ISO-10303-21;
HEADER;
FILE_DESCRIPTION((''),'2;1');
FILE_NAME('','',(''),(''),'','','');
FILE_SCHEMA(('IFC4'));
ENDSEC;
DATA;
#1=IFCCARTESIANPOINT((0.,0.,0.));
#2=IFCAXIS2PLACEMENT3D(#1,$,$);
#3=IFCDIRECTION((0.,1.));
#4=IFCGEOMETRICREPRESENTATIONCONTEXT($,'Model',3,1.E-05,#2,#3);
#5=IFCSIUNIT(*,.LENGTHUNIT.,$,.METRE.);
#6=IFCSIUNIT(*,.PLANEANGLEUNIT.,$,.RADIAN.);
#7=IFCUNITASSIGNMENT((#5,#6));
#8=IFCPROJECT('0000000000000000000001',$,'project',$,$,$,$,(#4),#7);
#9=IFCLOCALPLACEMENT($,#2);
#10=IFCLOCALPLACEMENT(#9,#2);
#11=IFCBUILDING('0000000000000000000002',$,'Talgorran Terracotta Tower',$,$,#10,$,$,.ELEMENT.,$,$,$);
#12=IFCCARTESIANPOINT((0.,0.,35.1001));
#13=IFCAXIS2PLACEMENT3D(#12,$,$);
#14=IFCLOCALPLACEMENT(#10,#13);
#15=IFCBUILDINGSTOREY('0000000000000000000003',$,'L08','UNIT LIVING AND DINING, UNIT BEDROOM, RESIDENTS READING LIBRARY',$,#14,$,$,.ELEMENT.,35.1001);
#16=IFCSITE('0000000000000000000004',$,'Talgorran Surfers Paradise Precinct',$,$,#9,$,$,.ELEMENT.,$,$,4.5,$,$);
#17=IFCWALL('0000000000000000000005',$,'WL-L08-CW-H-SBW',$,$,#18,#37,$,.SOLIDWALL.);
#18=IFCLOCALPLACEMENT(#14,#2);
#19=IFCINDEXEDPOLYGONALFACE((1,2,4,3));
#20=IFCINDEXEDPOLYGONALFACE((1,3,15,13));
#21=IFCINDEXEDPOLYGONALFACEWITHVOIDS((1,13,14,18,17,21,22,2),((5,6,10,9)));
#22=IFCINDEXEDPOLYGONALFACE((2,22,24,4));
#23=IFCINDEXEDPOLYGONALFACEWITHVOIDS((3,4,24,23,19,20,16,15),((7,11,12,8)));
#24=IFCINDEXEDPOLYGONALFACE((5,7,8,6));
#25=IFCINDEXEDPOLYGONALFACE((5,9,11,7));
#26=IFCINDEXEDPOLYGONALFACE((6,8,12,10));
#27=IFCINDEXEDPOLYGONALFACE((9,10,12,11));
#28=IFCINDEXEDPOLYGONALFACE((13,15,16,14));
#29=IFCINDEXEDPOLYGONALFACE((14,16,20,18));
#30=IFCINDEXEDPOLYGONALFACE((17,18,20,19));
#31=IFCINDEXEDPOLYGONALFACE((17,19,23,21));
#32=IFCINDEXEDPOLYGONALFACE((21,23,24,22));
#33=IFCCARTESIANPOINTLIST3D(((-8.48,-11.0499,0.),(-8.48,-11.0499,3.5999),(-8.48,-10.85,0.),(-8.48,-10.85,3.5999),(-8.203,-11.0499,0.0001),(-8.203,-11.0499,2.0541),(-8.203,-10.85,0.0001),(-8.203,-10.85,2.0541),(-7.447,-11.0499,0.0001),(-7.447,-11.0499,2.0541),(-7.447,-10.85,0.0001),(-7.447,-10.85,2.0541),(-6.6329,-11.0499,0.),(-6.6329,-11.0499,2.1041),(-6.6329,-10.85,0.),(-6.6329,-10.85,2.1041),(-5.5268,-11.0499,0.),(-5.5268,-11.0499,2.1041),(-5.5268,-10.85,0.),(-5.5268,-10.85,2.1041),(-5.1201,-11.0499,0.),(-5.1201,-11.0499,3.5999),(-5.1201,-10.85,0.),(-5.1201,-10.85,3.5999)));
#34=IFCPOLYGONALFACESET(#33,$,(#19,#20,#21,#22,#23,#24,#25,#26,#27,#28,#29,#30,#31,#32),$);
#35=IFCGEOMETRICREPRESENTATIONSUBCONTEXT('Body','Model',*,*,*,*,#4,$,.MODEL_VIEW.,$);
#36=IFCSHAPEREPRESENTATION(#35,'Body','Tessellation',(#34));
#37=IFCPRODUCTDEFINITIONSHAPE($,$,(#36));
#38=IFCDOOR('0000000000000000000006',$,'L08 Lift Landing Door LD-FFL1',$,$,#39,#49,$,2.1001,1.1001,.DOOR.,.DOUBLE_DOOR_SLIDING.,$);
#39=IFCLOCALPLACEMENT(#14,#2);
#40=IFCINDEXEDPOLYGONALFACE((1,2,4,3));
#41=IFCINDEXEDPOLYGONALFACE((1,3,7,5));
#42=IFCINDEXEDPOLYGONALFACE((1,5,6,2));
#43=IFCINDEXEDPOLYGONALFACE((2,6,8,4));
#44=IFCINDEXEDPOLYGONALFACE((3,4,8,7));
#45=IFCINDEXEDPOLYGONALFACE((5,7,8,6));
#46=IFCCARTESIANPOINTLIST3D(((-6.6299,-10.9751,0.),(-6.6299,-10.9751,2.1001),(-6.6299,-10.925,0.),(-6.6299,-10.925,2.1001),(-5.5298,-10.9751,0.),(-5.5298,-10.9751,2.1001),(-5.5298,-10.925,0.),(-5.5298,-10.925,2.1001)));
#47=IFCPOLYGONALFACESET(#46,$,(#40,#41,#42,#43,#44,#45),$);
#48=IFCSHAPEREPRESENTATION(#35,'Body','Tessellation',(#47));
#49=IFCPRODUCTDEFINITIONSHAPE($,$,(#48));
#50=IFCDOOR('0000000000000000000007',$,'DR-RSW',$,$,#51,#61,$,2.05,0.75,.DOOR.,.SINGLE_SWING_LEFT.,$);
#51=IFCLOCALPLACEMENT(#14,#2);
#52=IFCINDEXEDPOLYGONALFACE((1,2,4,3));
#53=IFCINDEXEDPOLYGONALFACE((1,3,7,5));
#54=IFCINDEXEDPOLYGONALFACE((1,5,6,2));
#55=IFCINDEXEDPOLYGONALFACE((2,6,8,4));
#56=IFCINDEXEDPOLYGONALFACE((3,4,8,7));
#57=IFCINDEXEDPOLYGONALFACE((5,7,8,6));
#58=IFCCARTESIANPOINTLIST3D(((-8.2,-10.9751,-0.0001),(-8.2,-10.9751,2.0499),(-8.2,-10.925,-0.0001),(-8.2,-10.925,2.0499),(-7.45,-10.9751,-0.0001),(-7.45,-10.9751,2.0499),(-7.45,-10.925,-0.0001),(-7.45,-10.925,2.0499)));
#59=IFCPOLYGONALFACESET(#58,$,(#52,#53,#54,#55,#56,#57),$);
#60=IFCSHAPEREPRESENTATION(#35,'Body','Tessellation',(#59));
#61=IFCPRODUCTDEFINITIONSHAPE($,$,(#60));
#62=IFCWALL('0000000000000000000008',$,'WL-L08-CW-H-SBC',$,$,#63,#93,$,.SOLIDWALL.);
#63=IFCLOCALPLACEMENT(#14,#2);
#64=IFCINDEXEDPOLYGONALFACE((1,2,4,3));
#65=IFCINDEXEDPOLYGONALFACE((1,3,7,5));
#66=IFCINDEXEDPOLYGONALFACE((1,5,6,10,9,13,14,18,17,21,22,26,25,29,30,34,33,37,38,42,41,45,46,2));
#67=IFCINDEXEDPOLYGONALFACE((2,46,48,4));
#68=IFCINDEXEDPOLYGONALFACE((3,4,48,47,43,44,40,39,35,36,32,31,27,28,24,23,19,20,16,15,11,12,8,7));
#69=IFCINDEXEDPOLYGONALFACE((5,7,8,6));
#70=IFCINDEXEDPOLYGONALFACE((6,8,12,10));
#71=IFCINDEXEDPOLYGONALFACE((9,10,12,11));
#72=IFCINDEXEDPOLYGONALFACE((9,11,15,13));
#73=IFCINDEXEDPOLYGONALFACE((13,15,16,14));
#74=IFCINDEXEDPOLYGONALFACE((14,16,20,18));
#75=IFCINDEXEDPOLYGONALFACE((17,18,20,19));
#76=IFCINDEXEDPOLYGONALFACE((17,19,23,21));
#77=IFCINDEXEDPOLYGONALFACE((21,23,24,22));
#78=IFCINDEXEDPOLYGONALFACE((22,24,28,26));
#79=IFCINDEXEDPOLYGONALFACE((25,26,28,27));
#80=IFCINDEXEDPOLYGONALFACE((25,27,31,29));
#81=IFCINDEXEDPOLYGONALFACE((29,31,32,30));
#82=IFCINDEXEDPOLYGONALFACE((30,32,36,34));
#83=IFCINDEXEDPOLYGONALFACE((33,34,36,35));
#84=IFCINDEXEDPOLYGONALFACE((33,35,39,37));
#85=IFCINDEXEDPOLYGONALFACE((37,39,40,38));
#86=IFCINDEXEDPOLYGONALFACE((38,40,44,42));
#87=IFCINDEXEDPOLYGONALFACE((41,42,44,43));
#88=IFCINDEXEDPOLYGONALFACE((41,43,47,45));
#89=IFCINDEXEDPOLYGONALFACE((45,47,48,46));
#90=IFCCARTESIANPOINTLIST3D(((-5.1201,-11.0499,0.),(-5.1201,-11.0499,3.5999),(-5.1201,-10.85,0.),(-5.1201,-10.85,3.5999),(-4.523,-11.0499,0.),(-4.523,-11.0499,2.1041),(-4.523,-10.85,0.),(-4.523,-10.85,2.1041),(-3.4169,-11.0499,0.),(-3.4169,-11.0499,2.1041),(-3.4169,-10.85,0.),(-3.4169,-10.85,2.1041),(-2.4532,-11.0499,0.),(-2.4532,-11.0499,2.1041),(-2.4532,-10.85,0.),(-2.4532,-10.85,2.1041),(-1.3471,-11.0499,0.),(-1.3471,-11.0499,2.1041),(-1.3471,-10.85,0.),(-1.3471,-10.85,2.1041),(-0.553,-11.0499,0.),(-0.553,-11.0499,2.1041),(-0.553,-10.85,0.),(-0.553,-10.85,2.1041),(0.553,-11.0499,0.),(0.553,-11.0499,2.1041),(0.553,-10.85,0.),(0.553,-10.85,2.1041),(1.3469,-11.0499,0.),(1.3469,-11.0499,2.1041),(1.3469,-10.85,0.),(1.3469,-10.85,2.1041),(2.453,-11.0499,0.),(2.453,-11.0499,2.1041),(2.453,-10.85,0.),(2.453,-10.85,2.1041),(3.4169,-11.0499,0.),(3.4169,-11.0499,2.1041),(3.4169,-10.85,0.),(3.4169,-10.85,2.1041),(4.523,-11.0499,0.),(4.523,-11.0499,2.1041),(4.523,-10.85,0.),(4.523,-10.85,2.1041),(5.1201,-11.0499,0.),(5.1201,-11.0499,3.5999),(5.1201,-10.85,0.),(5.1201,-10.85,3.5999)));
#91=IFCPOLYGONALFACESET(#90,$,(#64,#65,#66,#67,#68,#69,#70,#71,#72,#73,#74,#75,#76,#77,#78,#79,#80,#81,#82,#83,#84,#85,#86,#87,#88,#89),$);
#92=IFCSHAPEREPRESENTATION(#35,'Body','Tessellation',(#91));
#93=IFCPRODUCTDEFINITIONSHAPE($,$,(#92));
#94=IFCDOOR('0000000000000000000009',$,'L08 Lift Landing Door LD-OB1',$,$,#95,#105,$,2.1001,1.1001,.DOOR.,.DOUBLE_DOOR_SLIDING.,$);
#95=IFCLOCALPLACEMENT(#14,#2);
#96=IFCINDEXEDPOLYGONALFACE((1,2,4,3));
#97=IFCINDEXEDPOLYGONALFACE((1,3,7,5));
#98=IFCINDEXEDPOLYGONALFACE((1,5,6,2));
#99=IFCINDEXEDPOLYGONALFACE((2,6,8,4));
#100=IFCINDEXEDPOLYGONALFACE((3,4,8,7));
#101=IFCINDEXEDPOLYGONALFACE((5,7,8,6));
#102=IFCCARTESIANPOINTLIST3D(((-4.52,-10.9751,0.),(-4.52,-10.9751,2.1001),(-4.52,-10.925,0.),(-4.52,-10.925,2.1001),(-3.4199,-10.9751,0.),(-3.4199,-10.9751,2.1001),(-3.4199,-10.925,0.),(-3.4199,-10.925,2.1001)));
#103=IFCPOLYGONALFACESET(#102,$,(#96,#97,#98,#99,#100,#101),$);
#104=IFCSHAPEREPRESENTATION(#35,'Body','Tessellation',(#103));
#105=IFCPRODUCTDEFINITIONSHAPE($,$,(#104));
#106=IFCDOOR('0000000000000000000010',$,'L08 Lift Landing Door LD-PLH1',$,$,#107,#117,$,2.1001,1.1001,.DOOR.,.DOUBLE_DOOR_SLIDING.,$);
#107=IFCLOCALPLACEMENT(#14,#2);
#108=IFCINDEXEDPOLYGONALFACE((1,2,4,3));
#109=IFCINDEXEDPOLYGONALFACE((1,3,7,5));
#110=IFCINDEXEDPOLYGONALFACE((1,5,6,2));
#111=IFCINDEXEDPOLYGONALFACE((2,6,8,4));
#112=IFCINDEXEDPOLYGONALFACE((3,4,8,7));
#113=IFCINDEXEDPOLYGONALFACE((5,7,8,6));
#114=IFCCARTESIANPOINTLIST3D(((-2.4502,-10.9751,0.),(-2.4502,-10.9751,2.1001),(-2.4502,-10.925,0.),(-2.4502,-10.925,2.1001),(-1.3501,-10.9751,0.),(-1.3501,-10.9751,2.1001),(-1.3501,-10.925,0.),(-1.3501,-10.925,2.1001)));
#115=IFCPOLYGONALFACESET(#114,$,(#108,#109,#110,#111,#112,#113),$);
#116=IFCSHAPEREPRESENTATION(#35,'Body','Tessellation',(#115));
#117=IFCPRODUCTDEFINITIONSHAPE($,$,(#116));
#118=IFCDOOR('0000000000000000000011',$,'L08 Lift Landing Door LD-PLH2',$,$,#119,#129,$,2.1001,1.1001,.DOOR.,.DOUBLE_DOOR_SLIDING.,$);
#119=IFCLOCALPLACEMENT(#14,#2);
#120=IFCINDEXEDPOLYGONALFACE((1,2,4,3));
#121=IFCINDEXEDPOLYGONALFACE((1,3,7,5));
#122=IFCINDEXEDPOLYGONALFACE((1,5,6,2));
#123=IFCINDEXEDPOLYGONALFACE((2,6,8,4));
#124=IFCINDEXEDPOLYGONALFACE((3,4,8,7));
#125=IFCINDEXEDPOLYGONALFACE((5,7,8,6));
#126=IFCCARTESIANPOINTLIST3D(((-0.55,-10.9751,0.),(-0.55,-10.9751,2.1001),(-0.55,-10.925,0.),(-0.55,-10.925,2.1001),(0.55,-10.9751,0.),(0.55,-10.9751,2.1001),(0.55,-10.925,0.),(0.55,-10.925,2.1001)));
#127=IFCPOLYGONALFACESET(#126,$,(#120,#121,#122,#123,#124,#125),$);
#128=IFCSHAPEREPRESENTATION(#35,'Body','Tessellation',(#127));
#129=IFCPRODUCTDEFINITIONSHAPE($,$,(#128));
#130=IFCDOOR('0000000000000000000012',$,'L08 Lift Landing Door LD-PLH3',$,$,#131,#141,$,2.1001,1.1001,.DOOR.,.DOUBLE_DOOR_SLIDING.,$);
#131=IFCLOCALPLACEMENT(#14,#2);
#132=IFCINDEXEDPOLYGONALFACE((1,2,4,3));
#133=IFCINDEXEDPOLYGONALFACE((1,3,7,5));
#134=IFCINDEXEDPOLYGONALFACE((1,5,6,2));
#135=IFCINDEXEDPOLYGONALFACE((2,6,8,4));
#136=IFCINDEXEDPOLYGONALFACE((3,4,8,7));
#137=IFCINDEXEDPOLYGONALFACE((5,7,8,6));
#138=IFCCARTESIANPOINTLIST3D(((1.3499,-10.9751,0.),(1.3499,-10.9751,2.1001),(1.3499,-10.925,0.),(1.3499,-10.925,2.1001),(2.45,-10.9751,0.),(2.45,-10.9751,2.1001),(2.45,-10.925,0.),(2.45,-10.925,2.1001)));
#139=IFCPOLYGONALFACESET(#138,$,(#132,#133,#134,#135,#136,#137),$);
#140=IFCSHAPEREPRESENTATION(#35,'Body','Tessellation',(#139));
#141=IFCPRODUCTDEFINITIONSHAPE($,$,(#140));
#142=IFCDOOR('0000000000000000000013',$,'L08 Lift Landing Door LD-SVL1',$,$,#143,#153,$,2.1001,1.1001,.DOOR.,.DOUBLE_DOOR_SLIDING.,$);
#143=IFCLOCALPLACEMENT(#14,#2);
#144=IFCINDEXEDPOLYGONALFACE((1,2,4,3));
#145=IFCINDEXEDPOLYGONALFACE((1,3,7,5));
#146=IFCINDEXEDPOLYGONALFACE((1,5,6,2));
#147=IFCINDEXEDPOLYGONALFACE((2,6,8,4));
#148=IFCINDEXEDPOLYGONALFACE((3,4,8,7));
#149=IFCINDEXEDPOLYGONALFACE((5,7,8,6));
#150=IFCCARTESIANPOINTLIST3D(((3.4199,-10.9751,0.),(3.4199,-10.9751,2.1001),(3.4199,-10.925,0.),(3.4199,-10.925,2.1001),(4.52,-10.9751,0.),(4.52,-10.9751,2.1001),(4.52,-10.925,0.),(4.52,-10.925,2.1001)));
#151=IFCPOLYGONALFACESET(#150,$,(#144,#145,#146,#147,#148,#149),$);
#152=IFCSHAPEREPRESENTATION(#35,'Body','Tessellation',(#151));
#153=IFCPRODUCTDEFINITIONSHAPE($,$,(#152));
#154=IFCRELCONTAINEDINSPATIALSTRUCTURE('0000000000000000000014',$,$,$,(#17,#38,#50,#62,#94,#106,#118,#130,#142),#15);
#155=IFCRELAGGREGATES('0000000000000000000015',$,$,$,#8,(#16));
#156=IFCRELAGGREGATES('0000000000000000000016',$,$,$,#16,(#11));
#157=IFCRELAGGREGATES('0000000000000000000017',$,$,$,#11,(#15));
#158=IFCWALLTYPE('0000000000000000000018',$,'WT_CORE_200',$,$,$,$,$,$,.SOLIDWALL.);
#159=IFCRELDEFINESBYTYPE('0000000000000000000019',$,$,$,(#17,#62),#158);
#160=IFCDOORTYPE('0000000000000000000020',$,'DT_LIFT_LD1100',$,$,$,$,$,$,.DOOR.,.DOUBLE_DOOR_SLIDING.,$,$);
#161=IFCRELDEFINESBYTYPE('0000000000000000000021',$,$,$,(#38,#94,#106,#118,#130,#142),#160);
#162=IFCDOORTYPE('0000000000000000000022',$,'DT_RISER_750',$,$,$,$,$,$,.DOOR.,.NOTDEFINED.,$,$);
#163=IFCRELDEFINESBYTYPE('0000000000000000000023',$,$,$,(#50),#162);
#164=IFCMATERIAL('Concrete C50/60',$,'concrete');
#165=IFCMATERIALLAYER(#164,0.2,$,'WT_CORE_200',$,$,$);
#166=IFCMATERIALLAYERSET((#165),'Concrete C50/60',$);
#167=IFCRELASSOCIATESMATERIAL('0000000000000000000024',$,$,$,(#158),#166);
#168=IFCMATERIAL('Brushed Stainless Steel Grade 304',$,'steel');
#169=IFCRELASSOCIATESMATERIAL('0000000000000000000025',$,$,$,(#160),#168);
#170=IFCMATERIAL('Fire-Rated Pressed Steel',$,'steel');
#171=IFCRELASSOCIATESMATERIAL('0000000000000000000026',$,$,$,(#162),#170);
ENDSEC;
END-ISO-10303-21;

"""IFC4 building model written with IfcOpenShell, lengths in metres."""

from ifc_helpers import new_model, si_unit, direction, frame, frame_2d, origin, place, context, subcontext, project, spatial, rectangle, extrude, material, layer, layer_set, type_object, element, fill, save


model = new_model("IFC4")

# Units and contexts
model_context = context("Model", 3, precision=1e-05, world=origin(), true_north=direction((0.0, 1.0)))
body_context = subcontext(model_context, "Body", "Model", "MODEL_VIEW")
ifc_project = project(units=[si_unit("LENGTHUNIT", "METRE"), si_unit("PLANEANGLEUNIT", "RADIAN")], contexts=[model_context])

# Site, building, storey
site_placement = place(None, origin())
site = spatial("IfcSite", under=ifc_project, at=site_placement, Name="Talgorran Surfers Paradise Precinct", CompositionType="ELEMENT", RefElevation=4.5)
building_placement = place(site_placement, origin())
building = spatial("IfcBuilding", under=site, at=building_placement, Name="Talgorran Terracotta Tower", CompositionType="ELEMENT")
storey_placement = place(building_placement, frame((0.0, 0.0, 35.1001)))
storey = spatial("IfcBuildingStorey", under=building, at=storey_placement, Name="L08", Description="UNIT LIVING AND DINING, UNIT BEDROOM, RESIDENTS READING LIBRARY", CompositionType="ELEMENT", Elevation=35.1001)

# Walls, openings, doors
ifc_material_1 = material(Name="Concrete C50/60", Category="concrete")
ifc_layer_1 = layer(ifc_material_1, 0.2, Name="WT_CORE_200")
ifc_layer_set_1 = layer_set([ifc_layer_1], Name="Concrete C50/60")
wall_type_1 = type_object("IfcWallType", Name="WT_CORE_200", PredefinedType="SOLIDWALL", material=ifc_layer_set_1)
wall_1_placement = place(storey_placement, frame((-8.48, -10.95, 0.0), z_axis=(0.0, 0.0, 1.0), x_axis=(1.0, 0.0, 0.0)))
wall_1 = element("IfcWall", 1, at=wall_1_placement, inside=storey, type_object=wall_type_1, Name="WL-L08-CW-H-SBW", PredefinedType="SOLIDWALL", context=body_context, shape_type="SweptSolid", body=[
    extrude(rectangle(XDim=3.3599, YDim=0.2, at=frame_2d((1.6799, 0.0))), origin(), (0.0, 0.0, 1.0), 3.5999),
])
opening_1_placement = place(wall_1_placement, frame((0.28, 0.0, 0.0)))
opening_1 = element("IfcOpeningElement", 2, at=opening_1_placement, cuts=wall_1, PredefinedType="OPENING", context=body_context, shape_type="SweptSolid", body=[
    extrude(rectangle(XDim=0.756, YDim=2.054, at=frame_2d((0.375, 1.0271))), frame((0.0, 0.1099, 0.0), z_axis=(0.0, -1.0, 0.0), x_axis=(1.0, 0.0, 0.0)), (0.0, 0.0, 1.0), 0.22),
])
opening_2_placement = place(wall_1_placement, frame((1.8501, 0.0, 0.0)))
opening_2 = element("IfcOpeningElement", 3, at=opening_2_placement, cuts=wall_1, PredefinedType="OPENING", context=body_context, shape_type="SweptSolid", body=[
    extrude(rectangle(XDim=1.1061, YDim=2.1041, at=frame_2d((0.55, 1.052))), frame((0.0, 0.1099, 0.0), z_axis=(0.0, -1.0, 0.0), x_axis=(1.0, 0.0, 0.0)), (0.0, 0.0, 1.0), 0.22),
])
ifc_material_2 = material(Name="Brushed Stainless Steel Grade 304", Category="steel")
door_type_1 = type_object("IfcDoorType", Name="DT_LIFT_LD1100", OperationType="DOUBLE_DOOR_SLIDING", PredefinedType="DOOR", material=ifc_material_2)
door_1_placement = place(opening_2_placement, origin())
door_1 = element("IfcDoor", 4, at=door_1_placement, inside=storey, type_object=door_type_1, Name="L08 Lift Landing Door LD-FFL1", OperationType="DOUBLE_DOOR_SLIDING", OverallHeight=2.1001, OverallWidth=1.1001, PredefinedType="DOOR", context=body_context, shape_type="SweptSolid", body=[
    extrude(rectangle(XDim=1.1001, YDim=2.1001, at=frame_2d((0.55, 1.05))), frame((0.0, 0.0249, 0.0), z_axis=(0.0, -1.0, 0.0), x_axis=(1.0, 0.0, 0.0)), (0.0, 0.0, 1.0), 0.05),
])
fill(opening_2, door_1)
ifc_material_3 = material(Name="Fire-Rated Pressed Steel", Category="steel")
door_type_2 = type_object("IfcDoorType", Name="DT_RISER_750", OperationType="NOTDEFINED", PredefinedType="DOOR", material=ifc_material_3)
door_2_placement = place(opening_1_placement, origin())
door_2 = element("IfcDoor", 5, at=door_2_placement, inside=storey, type_object=door_type_2, Name="DR-RSW", OperationType="SINGLE_SWING_LEFT", OverallHeight=2.05, OverallWidth=0.75, PredefinedType="DOOR", context=body_context, shape_type="SweptSolid", body=[
    extrude(rectangle(XDim=0.75, YDim=2.05, at=frame_2d((0.375, 1.0249))), frame((0.0, 0.0249, 0.0), z_axis=(0.0, -1.0, 0.0), x_axis=(1.0, 0.0, 0.0)), (0.0, 0.0, 1.0), 0.05),
])
fill(opening_1, door_2)
wall_2_placement = place(storey_placement, frame((-5.1201, -10.95, 0.0), z_axis=(0.0, 0.0, 1.0), x_axis=(1.0, 0.0, 0.0)))
wall_2 = element("IfcWall", 6, at=wall_2_placement, inside=storey, type_object=wall_type_1, Name="WL-L08-CW-H-SBC", PredefinedType="SOLIDWALL", context=body_context, shape_type="SweptSolid", body=[
    extrude(rectangle(XDim=10.2402, YDim=0.2, at=frame_2d((5.1201, 0.0))), origin(), (0.0, 0.0, 1.0), 3.5999),
])
opening_3_placement = place(wall_2_placement, frame((0.6001, 0.0, 0.0)))
opening_3 = element("IfcOpeningElement", 7, at=opening_3_placement, cuts=wall_2, PredefinedType="OPENING", context=body_context, shape_type="SweptSolid", body=[
    extrude(rectangle(XDim=1.1061, YDim=2.1041, at=frame_2d((0.55, 1.052))), frame((0.0, 0.1099, 0.0), z_axis=(0.0, -1.0, 0.0), x_axis=(1.0, 0.0, 0.0)), (0.0, 0.0, 1.0), 0.22),
])
opening_4_placement = place(wall_2_placement, frame((2.6699, 0.0, 0.0)))
opening_4 = element("IfcOpeningElement", 8, at=opening_4_placement, cuts=wall_2, PredefinedType="OPENING", context=body_context, shape_type="SweptSolid", body=[
    extrude(rectangle(XDim=1.1061, YDim=2.1041, at=frame_2d((0.55, 1.052))), frame((0.0, 0.1099, 0.0), z_axis=(0.0, -1.0, 0.0), x_axis=(1.0, 0.0, 0.0)), (0.0, 0.0, 1.0), 0.22),
])
opening_5_placement = place(wall_2_placement, frame((4.5701, 0.0, 0.0)))
opening_5 = element("IfcOpeningElement", 9, at=opening_5_placement, cuts=wall_2, PredefinedType="OPENING", context=body_context, shape_type="SweptSolid", body=[
    extrude(rectangle(XDim=1.1061, YDim=2.1041, at=frame_2d((0.55, 1.052))), frame((0.0, 0.1099, 0.0), z_axis=(0.0, -1.0, 0.0), x_axis=(1.0, 0.0, 0.0)), (0.0, 0.0, 1.0), 0.22),
])
opening_6_placement = place(wall_2_placement, frame((6.47, 0.0, 0.0)))
opening_6 = element("IfcOpeningElement", 10, at=opening_6_placement, cuts=wall_2, PredefinedType="OPENING", context=body_context, shape_type="SweptSolid", body=[
    extrude(rectangle(XDim=1.1061, YDim=2.1041, at=frame_2d((0.55, 1.052))), frame((0.0, 0.1099, 0.0), z_axis=(0.0, -1.0, 0.0), x_axis=(1.0, 0.0, 0.0)), (0.0, 0.0, 1.0), 0.22),
])
opening_7_placement = place(wall_2_placement, frame((8.54, 0.0, 0.0)))
opening_7 = element("IfcOpeningElement", 11, at=opening_7_placement, cuts=wall_2, PredefinedType="OPENING", context=body_context, shape_type="SweptSolid", body=[
    extrude(rectangle(XDim=1.1061, YDim=2.1041, at=frame_2d((0.55, 1.052))), frame((0.0, 0.1099, 0.0), z_axis=(0.0, -1.0, 0.0), x_axis=(1.0, 0.0, 0.0)), (0.0, 0.0, 1.0), 0.22),
])
door_3_placement = place(opening_3_placement, origin())
door_3 = element("IfcDoor", 12, at=door_3_placement, inside=storey, type_object=door_type_1, Name="L08 Lift Landing Door LD-OB1", OperationType="DOUBLE_DOOR_SLIDING", OverallHeight=2.1001, OverallWidth=1.1001, PredefinedType="DOOR", context=body_context, shape_type="SweptSolid", body=[
    extrude(rectangle(XDim=1.1001, YDim=2.1001, at=frame_2d((0.55, 1.05))), frame((0.0, 0.0249, 0.0), z_axis=(0.0, -1.0, 0.0), x_axis=(1.0, 0.0, 0.0)), (0.0, 0.0, 1.0), 0.05),
])
fill(opening_3, door_3)
door_4_placement = place(opening_4_placement, origin())
door_4 = element("IfcDoor", 13, at=door_4_placement, inside=storey, type_object=door_type_1, Name="L08 Lift Landing Door LD-PLH1", OperationType="DOUBLE_DOOR_SLIDING", OverallHeight=2.1001, OverallWidth=1.1001, PredefinedType="DOOR", context=body_context, shape_type="SweptSolid", body=[
    extrude(rectangle(XDim=1.1001, YDim=2.1001, at=frame_2d((0.55, 1.05))), frame((0.0, 0.0249, 0.0), z_axis=(0.0, -1.0, 0.0), x_axis=(1.0, 0.0, 0.0)), (0.0, 0.0, 1.0), 0.05),
])
fill(opening_4, door_4)
door_5_placement = place(opening_5_placement, origin())
door_5 = element("IfcDoor", 14, at=door_5_placement, inside=storey, type_object=door_type_1, Name="L08 Lift Landing Door LD-PLH2", OperationType="DOUBLE_DOOR_SLIDING", OverallHeight=2.1001, OverallWidth=1.1001, PredefinedType="DOOR", context=body_context, shape_type="SweptSolid", body=[
    extrude(rectangle(XDim=1.1001, YDim=2.1001, at=frame_2d((0.55, 1.05))), frame((0.0, 0.0249, 0.0), z_axis=(0.0, -1.0, 0.0), x_axis=(1.0, 0.0, 0.0)), (0.0, 0.0, 1.0), 0.05),
])
fill(opening_5, door_5)
door_6_placement = place(opening_6_placement, origin())
door_6 = element("IfcDoor", 15, at=door_6_placement, inside=storey, type_object=door_type_1, Name="L08 Lift Landing Door LD-PLH3", OperationType="DOUBLE_DOOR_SLIDING", OverallHeight=2.1001, OverallWidth=1.1001, PredefinedType="DOOR", context=body_context, shape_type="SweptSolid", body=[
    extrude(rectangle(XDim=1.1001, YDim=2.1001, at=frame_2d((0.55, 1.05))), frame((0.0, 0.0249, 0.0), z_axis=(0.0, -1.0, 0.0), x_axis=(1.0, 0.0, 0.0)), (0.0, 0.0, 1.0), 0.05),
])
fill(opening_6, door_6)
door_7_placement = place(opening_7_placement, origin())
door_7 = element("IfcDoor", 16, at=door_7_placement, inside=storey, type_object=door_type_1, Name="L08 Lift Landing Door LD-SVL1", OperationType="DOUBLE_DOOR_SLIDING", OverallHeight=2.1001, OverallWidth=1.1001, PredefinedType="DOOR", context=body_context, shape_type="SweptSolid", body=[
    extrude(rectangle(XDim=1.1001, YDim=2.1001, at=frame_2d((0.55, 1.05))), frame((0.0, 0.0249, 0.0), z_axis=(0.0, -1.0, 0.0), x_axis=(1.0, 0.0, 0.0)), (0.0, 0.0, 1.0), 0.05),
])
fill(opening_7, door_7)

save(model, "model.ifc")
